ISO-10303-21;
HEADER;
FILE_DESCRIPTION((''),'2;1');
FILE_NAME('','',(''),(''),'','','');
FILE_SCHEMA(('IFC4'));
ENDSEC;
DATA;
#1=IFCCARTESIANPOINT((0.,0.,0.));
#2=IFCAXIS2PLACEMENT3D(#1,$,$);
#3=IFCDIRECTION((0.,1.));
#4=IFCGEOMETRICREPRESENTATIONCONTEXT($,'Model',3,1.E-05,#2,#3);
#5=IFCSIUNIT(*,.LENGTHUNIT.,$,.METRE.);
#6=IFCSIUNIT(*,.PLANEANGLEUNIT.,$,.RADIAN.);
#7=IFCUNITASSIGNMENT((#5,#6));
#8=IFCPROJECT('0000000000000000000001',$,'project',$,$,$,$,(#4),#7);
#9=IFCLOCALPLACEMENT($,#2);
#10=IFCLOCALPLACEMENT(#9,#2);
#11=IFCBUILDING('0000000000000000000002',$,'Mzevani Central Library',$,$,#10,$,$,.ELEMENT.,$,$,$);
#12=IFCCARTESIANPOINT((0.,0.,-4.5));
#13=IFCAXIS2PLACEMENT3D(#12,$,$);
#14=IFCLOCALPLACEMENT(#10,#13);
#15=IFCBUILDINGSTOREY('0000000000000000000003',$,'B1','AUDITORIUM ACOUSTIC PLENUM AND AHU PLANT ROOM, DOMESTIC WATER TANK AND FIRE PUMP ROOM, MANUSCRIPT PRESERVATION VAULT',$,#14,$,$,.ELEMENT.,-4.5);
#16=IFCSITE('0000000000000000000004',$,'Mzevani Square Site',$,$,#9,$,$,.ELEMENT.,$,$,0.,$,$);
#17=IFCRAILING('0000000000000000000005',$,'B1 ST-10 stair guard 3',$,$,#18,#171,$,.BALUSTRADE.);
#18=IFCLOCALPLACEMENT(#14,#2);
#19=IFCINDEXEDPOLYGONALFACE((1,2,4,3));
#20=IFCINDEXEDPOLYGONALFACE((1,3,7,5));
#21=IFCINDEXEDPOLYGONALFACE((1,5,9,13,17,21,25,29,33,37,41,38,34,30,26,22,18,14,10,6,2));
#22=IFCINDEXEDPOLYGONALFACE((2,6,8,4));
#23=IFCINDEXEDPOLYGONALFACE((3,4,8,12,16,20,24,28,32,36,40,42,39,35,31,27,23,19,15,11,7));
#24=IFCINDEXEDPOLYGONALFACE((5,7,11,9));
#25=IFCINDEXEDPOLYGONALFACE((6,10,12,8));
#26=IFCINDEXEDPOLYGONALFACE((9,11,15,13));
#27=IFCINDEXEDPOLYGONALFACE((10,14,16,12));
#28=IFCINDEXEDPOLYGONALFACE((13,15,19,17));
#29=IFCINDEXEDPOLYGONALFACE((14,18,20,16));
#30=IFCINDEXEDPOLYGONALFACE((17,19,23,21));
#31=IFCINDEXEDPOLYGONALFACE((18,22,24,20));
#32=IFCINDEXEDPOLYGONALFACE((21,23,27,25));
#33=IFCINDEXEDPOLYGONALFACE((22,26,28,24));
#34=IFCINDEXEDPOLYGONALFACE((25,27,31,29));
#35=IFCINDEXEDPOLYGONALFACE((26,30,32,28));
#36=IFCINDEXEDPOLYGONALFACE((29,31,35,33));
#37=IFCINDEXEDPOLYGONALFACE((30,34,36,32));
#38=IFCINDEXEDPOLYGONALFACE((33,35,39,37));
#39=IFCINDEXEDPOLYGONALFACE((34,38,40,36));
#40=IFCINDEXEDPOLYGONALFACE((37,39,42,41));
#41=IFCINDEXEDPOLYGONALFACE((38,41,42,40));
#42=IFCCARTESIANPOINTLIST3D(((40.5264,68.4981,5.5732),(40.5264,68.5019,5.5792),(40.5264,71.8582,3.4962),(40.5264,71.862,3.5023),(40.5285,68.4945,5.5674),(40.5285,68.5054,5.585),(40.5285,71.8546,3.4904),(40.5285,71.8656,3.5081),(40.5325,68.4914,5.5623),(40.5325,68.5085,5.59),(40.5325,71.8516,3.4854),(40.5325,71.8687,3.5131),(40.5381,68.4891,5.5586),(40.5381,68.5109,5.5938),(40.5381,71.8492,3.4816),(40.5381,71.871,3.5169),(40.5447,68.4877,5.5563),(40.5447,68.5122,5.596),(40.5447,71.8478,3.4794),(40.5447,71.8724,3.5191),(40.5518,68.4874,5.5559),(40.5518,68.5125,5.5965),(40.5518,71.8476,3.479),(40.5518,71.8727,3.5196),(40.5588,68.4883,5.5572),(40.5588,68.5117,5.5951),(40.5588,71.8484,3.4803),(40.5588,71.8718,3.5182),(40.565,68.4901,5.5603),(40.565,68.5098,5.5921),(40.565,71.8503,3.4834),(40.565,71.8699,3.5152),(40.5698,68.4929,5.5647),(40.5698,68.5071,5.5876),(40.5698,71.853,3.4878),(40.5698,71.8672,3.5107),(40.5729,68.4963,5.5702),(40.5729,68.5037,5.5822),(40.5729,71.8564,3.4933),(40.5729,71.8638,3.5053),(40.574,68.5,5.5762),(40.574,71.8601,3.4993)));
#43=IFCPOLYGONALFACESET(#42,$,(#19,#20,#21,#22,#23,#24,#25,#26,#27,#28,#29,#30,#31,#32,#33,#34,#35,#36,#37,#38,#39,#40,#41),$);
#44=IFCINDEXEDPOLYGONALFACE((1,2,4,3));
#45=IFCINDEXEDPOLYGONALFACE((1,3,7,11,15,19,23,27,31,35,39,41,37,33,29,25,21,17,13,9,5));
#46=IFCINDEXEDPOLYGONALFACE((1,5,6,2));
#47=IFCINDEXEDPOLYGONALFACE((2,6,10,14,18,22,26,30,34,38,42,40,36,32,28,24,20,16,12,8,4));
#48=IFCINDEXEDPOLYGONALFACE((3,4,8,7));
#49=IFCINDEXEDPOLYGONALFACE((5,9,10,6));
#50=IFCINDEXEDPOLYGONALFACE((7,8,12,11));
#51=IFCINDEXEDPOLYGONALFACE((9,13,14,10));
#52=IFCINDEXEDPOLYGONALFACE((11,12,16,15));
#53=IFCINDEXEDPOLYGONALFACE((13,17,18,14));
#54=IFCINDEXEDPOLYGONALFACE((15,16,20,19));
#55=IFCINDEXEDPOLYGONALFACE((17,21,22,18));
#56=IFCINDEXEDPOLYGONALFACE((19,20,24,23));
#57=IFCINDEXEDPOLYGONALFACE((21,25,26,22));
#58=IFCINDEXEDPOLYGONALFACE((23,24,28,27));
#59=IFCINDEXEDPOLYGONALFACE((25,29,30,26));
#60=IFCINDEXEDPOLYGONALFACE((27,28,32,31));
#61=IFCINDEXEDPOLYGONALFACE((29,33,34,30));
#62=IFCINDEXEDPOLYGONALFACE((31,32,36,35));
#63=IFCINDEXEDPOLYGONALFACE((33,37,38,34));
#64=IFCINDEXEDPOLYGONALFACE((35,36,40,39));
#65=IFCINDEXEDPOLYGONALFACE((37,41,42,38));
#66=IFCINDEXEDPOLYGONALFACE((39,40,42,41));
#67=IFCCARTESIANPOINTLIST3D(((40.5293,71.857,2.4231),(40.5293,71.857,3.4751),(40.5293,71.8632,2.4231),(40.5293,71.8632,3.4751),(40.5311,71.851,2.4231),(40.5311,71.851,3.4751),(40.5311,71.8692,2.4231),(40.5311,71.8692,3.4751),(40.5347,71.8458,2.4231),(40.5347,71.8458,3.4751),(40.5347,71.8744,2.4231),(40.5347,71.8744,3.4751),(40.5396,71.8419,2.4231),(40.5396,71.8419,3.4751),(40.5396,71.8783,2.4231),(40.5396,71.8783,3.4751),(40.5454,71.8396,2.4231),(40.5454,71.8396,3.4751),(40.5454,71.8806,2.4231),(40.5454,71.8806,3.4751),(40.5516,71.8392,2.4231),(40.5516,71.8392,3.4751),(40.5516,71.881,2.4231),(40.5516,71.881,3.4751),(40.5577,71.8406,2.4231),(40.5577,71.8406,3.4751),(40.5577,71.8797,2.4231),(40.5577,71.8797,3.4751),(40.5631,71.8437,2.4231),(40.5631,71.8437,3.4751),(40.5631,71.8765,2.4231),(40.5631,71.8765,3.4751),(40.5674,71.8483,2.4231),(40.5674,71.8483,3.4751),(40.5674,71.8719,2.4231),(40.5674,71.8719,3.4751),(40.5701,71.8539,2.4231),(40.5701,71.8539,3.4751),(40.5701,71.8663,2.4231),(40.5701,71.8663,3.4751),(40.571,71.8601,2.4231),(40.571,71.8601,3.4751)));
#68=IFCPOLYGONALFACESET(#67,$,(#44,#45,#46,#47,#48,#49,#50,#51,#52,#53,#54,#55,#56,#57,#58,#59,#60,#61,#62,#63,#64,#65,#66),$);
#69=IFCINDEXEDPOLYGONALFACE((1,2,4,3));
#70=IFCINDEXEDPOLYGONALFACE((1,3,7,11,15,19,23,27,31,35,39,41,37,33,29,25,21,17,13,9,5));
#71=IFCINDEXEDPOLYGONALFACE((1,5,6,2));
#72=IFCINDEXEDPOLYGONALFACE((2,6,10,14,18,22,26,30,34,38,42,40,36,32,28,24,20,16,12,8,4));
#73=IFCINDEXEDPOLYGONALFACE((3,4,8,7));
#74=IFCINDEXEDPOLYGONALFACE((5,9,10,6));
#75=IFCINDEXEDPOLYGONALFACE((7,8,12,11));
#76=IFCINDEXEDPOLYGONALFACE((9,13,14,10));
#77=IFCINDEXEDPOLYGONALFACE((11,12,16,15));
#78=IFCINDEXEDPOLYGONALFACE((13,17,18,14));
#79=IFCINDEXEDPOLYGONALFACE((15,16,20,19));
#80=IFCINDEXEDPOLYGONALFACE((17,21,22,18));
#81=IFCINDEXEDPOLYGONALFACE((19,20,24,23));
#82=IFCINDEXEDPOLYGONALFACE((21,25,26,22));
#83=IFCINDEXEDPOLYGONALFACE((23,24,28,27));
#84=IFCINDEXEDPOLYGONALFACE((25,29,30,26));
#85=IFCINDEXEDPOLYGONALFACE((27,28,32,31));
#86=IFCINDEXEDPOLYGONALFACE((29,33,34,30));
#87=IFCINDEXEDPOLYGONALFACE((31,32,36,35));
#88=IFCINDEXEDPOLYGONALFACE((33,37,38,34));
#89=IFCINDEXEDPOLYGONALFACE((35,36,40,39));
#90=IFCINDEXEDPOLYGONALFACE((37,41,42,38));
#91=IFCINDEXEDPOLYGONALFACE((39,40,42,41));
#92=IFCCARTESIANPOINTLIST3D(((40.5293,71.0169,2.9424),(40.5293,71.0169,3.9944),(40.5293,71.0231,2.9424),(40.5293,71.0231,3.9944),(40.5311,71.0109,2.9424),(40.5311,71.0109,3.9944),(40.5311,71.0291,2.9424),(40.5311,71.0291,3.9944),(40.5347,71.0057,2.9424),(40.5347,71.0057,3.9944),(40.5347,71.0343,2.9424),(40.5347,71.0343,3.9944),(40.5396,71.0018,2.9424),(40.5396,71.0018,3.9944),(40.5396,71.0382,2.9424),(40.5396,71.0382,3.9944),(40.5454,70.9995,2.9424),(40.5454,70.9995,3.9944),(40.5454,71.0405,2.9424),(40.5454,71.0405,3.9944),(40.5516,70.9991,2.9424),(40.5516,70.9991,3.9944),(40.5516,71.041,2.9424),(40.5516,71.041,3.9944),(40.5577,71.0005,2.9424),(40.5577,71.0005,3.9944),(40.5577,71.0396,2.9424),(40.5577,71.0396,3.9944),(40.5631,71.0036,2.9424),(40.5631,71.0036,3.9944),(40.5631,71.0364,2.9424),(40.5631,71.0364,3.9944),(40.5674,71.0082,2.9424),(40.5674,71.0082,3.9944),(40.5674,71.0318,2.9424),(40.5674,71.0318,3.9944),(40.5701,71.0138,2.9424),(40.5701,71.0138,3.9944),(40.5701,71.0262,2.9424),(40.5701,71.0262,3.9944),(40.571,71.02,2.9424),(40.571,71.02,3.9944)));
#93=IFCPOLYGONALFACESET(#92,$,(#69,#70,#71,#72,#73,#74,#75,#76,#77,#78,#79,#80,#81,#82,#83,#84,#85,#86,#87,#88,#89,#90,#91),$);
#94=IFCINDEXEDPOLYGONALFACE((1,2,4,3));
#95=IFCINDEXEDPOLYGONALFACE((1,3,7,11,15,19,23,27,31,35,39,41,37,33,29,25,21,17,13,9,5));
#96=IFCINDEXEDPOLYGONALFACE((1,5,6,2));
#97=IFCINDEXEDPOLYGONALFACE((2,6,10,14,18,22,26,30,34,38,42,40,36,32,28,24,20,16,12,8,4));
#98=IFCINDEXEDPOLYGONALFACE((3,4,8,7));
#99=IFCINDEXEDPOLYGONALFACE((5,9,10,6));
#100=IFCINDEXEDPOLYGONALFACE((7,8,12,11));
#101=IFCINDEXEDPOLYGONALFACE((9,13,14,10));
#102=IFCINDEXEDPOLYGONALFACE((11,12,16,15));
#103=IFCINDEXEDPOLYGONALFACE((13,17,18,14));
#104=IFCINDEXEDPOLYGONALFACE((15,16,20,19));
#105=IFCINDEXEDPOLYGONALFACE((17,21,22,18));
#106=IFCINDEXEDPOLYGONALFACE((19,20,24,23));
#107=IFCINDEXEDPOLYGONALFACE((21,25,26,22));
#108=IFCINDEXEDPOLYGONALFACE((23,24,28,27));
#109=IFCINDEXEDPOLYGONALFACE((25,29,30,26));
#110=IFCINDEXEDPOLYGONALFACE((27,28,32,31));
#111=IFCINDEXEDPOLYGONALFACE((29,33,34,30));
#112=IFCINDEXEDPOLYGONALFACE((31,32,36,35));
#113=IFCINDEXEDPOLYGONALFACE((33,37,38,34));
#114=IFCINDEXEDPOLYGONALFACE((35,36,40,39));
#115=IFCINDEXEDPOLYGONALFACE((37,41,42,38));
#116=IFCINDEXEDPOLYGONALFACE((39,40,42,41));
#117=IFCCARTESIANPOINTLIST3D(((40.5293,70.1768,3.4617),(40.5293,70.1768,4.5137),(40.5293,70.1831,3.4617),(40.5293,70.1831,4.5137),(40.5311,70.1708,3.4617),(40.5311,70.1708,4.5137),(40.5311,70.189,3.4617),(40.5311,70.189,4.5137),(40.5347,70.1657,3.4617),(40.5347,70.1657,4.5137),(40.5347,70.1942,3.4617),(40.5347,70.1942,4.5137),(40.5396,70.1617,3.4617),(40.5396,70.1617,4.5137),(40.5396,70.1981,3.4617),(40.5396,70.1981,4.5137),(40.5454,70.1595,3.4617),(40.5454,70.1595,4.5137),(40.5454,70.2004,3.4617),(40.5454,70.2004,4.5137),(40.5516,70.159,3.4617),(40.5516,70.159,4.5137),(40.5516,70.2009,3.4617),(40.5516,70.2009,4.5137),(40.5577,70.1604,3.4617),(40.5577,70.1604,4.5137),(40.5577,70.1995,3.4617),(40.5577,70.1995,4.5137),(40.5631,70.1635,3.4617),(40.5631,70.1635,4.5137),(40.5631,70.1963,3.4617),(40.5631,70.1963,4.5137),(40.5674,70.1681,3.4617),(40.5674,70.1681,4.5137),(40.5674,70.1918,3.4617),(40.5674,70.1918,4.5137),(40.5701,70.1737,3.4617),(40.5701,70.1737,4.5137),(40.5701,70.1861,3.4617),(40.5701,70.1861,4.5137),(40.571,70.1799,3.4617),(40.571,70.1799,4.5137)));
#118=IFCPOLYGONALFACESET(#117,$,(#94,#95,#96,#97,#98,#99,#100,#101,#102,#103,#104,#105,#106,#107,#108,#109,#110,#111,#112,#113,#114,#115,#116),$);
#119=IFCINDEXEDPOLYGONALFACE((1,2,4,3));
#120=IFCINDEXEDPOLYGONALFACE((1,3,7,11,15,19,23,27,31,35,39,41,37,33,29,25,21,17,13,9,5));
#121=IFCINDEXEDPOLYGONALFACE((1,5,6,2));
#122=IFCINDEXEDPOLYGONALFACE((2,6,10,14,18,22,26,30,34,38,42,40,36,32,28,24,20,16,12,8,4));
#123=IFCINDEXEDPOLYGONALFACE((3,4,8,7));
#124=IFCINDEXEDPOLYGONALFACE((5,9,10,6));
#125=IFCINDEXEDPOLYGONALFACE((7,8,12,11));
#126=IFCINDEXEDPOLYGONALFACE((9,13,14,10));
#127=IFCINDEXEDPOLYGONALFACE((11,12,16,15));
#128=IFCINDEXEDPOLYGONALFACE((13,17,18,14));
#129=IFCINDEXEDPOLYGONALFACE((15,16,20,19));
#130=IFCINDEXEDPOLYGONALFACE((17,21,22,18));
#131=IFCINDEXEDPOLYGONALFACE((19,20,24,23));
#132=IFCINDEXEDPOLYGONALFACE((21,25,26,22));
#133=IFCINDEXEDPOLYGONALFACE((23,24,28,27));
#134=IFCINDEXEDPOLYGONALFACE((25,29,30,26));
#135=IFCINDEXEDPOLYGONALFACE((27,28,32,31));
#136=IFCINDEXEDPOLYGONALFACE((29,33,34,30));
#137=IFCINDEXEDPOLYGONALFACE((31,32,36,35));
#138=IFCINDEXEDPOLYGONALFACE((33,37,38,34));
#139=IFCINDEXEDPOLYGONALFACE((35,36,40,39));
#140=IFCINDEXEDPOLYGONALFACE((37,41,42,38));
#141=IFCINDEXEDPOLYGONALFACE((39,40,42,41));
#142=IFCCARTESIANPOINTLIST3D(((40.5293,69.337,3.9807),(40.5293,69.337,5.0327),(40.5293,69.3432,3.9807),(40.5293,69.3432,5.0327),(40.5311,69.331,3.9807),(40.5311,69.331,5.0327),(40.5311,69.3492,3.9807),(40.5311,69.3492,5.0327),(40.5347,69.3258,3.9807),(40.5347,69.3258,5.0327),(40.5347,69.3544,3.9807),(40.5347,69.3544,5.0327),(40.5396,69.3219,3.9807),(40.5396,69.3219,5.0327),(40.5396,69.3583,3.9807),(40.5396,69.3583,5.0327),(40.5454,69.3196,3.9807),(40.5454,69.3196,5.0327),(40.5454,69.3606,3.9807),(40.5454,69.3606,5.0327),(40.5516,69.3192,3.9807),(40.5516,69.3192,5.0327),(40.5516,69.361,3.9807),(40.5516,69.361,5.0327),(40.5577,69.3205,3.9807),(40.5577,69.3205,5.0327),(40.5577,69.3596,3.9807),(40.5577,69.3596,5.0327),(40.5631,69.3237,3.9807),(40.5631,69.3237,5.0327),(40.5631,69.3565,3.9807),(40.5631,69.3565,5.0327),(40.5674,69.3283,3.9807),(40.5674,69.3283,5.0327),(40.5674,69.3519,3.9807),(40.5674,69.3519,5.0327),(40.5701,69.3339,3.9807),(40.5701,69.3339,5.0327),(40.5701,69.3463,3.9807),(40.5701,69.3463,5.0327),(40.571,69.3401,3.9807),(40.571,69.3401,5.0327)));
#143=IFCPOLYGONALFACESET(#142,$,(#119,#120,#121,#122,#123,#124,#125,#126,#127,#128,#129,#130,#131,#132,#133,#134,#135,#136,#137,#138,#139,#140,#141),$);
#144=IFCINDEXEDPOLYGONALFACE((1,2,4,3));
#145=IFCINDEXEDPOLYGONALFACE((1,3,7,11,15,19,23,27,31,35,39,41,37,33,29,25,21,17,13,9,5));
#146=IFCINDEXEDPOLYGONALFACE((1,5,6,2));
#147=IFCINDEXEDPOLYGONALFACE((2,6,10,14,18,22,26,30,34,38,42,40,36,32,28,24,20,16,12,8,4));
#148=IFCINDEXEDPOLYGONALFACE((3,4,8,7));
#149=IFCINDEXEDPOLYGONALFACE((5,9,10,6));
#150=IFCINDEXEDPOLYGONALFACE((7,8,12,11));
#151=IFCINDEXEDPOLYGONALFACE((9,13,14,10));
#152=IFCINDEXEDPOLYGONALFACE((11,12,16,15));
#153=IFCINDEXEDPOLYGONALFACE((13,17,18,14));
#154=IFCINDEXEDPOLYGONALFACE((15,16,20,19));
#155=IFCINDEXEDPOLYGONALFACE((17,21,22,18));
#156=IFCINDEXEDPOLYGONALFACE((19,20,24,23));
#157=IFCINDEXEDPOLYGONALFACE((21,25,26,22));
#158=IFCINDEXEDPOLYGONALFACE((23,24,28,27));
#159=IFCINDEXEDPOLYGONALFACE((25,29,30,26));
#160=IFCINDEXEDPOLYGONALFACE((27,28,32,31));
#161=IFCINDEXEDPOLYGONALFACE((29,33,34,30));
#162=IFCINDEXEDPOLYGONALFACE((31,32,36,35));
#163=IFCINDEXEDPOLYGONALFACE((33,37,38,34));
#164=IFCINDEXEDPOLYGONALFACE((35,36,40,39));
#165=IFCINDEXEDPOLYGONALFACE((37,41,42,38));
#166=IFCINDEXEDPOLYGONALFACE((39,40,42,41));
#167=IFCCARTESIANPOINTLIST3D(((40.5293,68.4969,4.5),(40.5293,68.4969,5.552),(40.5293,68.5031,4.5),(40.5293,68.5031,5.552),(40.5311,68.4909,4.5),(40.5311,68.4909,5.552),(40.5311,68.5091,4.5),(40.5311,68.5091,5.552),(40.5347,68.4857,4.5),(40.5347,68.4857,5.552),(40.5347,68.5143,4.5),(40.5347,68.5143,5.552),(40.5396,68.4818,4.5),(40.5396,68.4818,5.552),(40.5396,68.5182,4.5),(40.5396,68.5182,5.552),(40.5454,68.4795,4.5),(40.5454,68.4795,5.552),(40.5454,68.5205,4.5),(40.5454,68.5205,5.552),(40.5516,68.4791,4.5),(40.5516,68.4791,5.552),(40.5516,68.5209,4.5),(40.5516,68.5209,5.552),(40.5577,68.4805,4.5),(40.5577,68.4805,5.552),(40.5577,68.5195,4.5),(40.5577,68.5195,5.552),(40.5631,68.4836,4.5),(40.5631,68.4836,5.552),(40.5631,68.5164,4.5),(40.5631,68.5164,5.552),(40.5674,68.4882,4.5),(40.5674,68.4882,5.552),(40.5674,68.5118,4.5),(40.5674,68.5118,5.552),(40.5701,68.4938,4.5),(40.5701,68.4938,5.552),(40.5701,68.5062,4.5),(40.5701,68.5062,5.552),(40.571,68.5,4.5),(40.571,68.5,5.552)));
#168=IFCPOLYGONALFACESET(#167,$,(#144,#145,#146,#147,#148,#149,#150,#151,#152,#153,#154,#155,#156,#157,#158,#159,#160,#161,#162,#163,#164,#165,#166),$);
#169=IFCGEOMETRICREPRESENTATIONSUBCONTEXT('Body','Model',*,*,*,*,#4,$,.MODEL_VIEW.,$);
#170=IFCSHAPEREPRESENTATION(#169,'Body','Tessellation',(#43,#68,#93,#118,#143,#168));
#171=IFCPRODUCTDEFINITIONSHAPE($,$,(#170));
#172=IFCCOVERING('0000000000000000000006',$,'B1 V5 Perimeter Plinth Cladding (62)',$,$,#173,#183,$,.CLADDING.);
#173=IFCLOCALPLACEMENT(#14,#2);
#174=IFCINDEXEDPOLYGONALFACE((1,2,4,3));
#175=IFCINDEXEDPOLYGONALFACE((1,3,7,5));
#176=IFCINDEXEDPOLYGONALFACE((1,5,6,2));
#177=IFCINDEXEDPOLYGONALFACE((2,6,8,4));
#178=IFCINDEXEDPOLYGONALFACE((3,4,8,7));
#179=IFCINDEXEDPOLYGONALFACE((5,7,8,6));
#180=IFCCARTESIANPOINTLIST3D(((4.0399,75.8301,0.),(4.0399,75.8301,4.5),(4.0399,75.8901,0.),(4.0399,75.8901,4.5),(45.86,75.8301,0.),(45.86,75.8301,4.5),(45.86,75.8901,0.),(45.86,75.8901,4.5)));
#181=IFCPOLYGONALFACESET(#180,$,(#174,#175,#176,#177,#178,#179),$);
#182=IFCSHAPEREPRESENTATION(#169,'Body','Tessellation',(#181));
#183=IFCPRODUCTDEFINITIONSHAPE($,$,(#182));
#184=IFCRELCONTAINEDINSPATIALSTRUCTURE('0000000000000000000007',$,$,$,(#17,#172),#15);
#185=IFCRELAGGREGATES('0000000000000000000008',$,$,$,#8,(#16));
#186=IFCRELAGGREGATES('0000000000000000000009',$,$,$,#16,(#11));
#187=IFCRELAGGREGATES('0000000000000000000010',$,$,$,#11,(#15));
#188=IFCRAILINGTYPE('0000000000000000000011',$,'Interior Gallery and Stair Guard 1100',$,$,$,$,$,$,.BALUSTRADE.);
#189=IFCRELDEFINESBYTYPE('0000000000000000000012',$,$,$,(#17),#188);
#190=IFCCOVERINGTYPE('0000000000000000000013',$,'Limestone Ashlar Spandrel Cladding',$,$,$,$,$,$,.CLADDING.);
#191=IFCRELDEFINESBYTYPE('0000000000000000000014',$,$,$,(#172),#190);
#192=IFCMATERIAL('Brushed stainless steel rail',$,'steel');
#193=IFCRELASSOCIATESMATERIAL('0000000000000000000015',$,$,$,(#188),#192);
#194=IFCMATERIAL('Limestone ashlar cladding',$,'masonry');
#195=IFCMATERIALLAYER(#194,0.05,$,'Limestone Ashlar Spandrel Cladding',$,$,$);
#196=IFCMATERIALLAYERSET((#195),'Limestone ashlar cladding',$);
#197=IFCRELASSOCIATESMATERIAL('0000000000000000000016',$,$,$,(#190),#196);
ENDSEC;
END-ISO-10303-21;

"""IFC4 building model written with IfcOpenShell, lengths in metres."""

from ifc_helpers import new_model, si_unit, direction, frame, origin, origin_2d, place, context, subcontext, project, spatial, rectangle, circle, extrude, material, layer, layer_set, type_object, element, save


model = new_model("IFC4")

# Units and contexts
model_context = context("Model", 3, precision=1e-05, world=origin(), true_north=direction((0.0, 1.0)))
body_context = subcontext(model_context, "Body", "Model", "MODEL_VIEW")
ifc_project = project(units=[si_unit("LENGTHUNIT", "METRE"), si_unit("PLANEANGLEUNIT", "RADIAN")], contexts=[model_context])

# Site, building, storey
site_placement = place(None, origin())
site = spatial("IfcSite", under=ifc_project, at=site_placement, Name="Mzevani Square Site", CompositionType="ELEMENT", RefElevation=0.0)
building_placement = place(site_placement, origin())
building = spatial("IfcBuilding", under=site, at=building_placement, Name="Mzevani Central Library", CompositionType="ELEMENT")
storey_placement = place(building_placement, frame((0.0, 0.0, -4.5)))
storey = spatial("IfcBuildingStorey", under=building, at=storey_placement, Name="B1", Description="AUDITORIUM ACOUSTIC PLENUM AND AHU PLANT ROOM, DOMESTIC WATER TANK AND FIRE PUMP ROOM, MANUSCRIPT PRESERVATION VAULT", CompositionType="ELEMENT", Elevation=-4.5)

# Railing
ifc_material_1 = material(Name="Brushed stainless steel rail", Category="steel")
railing_type_1 = type_object("IfcRailingType", Name="Interior Gallery and Stair Guard 1100", PredefinedType="BALUSTRADE", material=ifc_material_1)
railing_1_placement = place(storey_placement, frame((40.55, 71.8601, 2.4231)))
element("IfcRailing", 1, at=railing_1_placement, inside=storey, type_object=railing_type_1, Name="B1 ST-10 stair guard 3", PredefinedType="BALUSTRADE", context=body_context, shape_type="SweptSolid", body=[
    extrude(circle(Radius=0.0239, at=origin_2d()), frame((0.0, 0.0, 1.0762), z_axis=(0.0, -0.850623, 0.525776), x_axis=(1.0, 0.0, 0.0)), (0.0, 0.0, 1.0), 3.9502),
    extrude(circle(Radius=0.021, at=origin_2d()), origin(), (0.0, 0.0, 1.0), 1.052),
    extrude(circle(Radius=0.021, at=origin_2d()), frame((0.0, -0.8401, 0.5193)), (0.0, 0.0, 1.0), 1.052),
    extrude(circle(Radius=0.021, at=origin_2d()), frame((0.0, -1.6802, 1.0386)), (0.0, 0.0, 1.0), 1.052),
    extrude(circle(Radius=0.021, at=origin_2d()), frame((0.0, -2.52, 1.5576)), (0.0, 0.0, 1.0), 1.052),
    extrude(circle(Radius=0.021, at=origin_2d()), frame((0.0, -3.3601, 2.0769)), (0.0, 0.0, 1.0), 1.052),
])

# Covering
ifc_material_2 = material(Name="Limestone ashlar cladding", Category="masonry")
ifc_layer_1 = layer(ifc_material_2, 0.05, Name="Limestone Ashlar Spandrel Cladding")
ifc_layer_set_1 = layer_set([ifc_layer_1], Name="Limestone ashlar cladding")
covering_type = type_object("IfcCoveringType", Name="Limestone Ashlar Spandrel Cladding", PredefinedType="CLADDING", material=ifc_layer_set_1)
covering_placement = place(storey_placement, frame((24.95, 75.8601, 0.0), z_axis=(0.0, 0.0, 1.0), x_axis=(1.0, 0.0, 0.0)))
element("IfcCovering", 2, at=covering_placement, inside=storey, type_object=covering_type, Name="B1 V5 Perimeter Plinth Cladding (62)", PredefinedType="CLADDING", context=body_context, shape_type="SweptSolid", body=[
    extrude(rectangle(XDim=41.8201, YDim=0.0601, at=origin_2d()), origin(), (0.0, 0.0, 1.0), 4.5),
])

save(model, "model.ifc")
